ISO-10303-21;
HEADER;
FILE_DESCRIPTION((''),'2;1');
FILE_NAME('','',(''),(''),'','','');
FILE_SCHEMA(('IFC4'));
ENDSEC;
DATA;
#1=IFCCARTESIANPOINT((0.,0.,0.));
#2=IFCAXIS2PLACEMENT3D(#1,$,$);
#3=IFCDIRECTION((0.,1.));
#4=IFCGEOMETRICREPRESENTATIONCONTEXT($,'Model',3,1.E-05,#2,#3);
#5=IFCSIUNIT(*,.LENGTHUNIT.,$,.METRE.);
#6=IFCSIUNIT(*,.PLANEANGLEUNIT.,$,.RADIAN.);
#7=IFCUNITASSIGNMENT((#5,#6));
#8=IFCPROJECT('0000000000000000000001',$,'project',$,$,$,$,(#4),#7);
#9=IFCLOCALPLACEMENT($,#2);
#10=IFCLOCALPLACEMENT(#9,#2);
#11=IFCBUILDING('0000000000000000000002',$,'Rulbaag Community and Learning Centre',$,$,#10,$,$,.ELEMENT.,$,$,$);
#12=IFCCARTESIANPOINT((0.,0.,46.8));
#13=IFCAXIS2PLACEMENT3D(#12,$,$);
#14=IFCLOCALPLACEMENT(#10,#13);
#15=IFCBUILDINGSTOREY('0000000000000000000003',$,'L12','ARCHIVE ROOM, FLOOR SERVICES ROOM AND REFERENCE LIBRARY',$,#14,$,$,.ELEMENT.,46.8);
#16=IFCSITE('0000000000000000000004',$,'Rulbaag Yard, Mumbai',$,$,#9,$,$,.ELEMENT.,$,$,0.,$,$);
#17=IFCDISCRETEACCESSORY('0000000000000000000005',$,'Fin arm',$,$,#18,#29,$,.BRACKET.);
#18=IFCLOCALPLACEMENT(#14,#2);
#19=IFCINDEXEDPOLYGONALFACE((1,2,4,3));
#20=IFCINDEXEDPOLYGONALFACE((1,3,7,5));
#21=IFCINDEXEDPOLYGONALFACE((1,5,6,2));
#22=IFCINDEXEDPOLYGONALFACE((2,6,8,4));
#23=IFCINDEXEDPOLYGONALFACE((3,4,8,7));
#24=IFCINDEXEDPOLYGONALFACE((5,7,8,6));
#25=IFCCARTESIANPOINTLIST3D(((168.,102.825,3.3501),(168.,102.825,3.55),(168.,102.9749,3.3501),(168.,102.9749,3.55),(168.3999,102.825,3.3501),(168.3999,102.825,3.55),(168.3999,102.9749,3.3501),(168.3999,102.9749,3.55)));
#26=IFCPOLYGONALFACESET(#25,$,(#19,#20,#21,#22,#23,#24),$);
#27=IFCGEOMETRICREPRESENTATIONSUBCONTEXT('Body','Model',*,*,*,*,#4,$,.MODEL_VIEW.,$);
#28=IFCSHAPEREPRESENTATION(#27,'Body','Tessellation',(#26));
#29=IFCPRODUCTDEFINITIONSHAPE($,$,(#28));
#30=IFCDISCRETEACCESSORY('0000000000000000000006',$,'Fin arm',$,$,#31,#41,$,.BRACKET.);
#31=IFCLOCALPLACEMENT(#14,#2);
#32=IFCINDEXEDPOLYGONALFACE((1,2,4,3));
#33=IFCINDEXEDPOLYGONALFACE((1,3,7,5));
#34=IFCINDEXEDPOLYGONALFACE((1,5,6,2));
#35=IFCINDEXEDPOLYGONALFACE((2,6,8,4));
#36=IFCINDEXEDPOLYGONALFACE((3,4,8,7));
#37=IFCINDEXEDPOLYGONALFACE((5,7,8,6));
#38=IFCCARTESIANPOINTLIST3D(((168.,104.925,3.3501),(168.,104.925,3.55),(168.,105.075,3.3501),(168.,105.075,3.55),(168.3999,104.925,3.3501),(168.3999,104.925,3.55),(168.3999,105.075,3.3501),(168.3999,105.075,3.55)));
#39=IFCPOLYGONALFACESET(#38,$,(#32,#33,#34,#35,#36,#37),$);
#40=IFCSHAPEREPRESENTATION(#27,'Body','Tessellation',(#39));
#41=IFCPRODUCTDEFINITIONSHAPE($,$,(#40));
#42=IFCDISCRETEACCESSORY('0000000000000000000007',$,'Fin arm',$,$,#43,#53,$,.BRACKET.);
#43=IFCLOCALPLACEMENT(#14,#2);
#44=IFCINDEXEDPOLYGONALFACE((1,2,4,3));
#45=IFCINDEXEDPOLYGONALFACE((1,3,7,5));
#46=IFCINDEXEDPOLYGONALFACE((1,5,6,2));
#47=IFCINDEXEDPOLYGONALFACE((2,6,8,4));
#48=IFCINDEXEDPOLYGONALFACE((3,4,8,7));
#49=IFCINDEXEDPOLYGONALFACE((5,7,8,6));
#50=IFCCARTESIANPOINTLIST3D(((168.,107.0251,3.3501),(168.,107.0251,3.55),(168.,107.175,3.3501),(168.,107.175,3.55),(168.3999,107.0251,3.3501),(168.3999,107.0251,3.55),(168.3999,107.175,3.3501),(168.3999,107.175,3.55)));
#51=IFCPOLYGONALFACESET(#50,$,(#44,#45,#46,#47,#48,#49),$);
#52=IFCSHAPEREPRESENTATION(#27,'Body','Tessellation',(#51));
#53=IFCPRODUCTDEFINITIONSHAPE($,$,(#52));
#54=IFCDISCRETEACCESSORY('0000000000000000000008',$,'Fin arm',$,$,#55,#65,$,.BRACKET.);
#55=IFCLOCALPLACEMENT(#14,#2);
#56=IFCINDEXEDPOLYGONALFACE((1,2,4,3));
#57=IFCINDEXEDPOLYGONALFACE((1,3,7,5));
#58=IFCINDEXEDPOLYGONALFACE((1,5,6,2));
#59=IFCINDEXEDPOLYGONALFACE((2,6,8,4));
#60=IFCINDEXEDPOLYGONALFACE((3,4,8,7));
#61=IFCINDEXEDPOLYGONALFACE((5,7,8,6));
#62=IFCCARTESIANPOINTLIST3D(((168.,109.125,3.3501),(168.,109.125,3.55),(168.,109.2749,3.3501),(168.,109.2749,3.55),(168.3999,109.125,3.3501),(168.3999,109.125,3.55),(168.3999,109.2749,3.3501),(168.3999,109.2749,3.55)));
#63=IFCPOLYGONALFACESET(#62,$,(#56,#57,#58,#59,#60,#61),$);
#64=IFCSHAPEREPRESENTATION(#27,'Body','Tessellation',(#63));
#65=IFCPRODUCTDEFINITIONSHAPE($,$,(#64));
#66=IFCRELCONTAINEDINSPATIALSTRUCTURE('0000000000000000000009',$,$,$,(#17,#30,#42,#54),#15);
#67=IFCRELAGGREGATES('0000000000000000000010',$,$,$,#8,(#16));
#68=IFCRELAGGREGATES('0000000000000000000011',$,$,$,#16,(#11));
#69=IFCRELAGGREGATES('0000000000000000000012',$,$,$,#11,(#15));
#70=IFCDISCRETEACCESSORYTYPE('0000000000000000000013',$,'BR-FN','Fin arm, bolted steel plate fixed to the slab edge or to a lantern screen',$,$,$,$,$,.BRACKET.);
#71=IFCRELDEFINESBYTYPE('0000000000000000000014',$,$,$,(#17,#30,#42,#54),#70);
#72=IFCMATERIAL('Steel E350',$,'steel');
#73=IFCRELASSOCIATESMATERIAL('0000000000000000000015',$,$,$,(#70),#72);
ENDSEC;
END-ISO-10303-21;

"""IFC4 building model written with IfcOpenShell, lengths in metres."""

from ifc_helpers import new_model, si_unit, direction, frame, origin, origin_2d, place, context, subcontext, project, spatial, rectangle, extrude, material, type_object, element, save


model = new_model("IFC4")

# Units and contexts
model_context = context("Model", 3, precision=1e-05, world=origin(), true_north=direction((0.0, 1.0)))
body_context = subcontext(model_context, "Body", "Model", "MODEL_VIEW")
ifc_project = project(units=[si_unit("LENGTHUNIT", "METRE"), si_unit("PLANEANGLEUNIT", "RADIAN")], contexts=[model_context])

# Site, building, storey
site_placement = place(None, origin())
site = spatial("IfcSite", under=ifc_project, at=site_placement, Name="Rulbaag Yard, Mumbai", CompositionType="ELEMENT", RefElevation=0.0)
building_placement = place(site_placement, origin())
building = spatial("IfcBuilding", under=site, at=building_placement, Name="Rulbaag Community and Learning Centre", CompositionType="ELEMENT")
storey_placement = place(building_placement, frame((0.0, 0.0, 46.8)))
storey = spatial("IfcBuildingStorey", under=building, at=storey_placement, Name="L12", Description="ARCHIVE ROOM, FLOOR SERVICES ROOM AND REFERENCE LIBRARY", CompositionType="ELEMENT", Elevation=46.8)

# Discrete accessories
ifc_material_1 = material(Name="Steel E350", Category="steel")
discrete_accessory_type = type_object("IfcDiscreteAccessoryType", Name="BR-FN", Description="Fin arm, bolted steel plate fixed to the slab edge or to a lantern screen", PredefinedType="BRACKET", material=ifc_material_1)
for number, where, z_axis, x_axis, name in (
    (1, (168.2, 102.8999, 3.3501), (0.0, 0.0, 1.0), (1.0, 0.0, 0.0), "Fin arm"),
    (2, (168.2, 105.0, 3.3501), (0.0, 0.0, 1.0), (1.0, 0.0, 0.0), "Fin arm"),
    (3, (168.2, 107.1001, 3.3501), (0.0, 0.0, 1.0), (1.0, 0.0, 0.0), "Fin arm"),
    (4, (168.2, 109.2, 3.3501), (0.0, 0.0, 1.0), (1.0, 0.0, 0.0), "Fin arm"),
):
    element("IfcDiscreteAccessory", number, at=place(storey_placement, frame(where, z_axis=z_axis, x_axis=x_axis)), inside=storey, type_object=discrete_accessory_type, Name=name, PredefinedType="BRACKET", context=body_context, shape_type="SweptSolid", body=[
        extrude(rectangle(XDim=0.3999, YDim=0.1499, at=origin_2d()), origin(), (0.0, 0.0, 1.0), 0.2),
    ])

save(model, "model.ifc")
